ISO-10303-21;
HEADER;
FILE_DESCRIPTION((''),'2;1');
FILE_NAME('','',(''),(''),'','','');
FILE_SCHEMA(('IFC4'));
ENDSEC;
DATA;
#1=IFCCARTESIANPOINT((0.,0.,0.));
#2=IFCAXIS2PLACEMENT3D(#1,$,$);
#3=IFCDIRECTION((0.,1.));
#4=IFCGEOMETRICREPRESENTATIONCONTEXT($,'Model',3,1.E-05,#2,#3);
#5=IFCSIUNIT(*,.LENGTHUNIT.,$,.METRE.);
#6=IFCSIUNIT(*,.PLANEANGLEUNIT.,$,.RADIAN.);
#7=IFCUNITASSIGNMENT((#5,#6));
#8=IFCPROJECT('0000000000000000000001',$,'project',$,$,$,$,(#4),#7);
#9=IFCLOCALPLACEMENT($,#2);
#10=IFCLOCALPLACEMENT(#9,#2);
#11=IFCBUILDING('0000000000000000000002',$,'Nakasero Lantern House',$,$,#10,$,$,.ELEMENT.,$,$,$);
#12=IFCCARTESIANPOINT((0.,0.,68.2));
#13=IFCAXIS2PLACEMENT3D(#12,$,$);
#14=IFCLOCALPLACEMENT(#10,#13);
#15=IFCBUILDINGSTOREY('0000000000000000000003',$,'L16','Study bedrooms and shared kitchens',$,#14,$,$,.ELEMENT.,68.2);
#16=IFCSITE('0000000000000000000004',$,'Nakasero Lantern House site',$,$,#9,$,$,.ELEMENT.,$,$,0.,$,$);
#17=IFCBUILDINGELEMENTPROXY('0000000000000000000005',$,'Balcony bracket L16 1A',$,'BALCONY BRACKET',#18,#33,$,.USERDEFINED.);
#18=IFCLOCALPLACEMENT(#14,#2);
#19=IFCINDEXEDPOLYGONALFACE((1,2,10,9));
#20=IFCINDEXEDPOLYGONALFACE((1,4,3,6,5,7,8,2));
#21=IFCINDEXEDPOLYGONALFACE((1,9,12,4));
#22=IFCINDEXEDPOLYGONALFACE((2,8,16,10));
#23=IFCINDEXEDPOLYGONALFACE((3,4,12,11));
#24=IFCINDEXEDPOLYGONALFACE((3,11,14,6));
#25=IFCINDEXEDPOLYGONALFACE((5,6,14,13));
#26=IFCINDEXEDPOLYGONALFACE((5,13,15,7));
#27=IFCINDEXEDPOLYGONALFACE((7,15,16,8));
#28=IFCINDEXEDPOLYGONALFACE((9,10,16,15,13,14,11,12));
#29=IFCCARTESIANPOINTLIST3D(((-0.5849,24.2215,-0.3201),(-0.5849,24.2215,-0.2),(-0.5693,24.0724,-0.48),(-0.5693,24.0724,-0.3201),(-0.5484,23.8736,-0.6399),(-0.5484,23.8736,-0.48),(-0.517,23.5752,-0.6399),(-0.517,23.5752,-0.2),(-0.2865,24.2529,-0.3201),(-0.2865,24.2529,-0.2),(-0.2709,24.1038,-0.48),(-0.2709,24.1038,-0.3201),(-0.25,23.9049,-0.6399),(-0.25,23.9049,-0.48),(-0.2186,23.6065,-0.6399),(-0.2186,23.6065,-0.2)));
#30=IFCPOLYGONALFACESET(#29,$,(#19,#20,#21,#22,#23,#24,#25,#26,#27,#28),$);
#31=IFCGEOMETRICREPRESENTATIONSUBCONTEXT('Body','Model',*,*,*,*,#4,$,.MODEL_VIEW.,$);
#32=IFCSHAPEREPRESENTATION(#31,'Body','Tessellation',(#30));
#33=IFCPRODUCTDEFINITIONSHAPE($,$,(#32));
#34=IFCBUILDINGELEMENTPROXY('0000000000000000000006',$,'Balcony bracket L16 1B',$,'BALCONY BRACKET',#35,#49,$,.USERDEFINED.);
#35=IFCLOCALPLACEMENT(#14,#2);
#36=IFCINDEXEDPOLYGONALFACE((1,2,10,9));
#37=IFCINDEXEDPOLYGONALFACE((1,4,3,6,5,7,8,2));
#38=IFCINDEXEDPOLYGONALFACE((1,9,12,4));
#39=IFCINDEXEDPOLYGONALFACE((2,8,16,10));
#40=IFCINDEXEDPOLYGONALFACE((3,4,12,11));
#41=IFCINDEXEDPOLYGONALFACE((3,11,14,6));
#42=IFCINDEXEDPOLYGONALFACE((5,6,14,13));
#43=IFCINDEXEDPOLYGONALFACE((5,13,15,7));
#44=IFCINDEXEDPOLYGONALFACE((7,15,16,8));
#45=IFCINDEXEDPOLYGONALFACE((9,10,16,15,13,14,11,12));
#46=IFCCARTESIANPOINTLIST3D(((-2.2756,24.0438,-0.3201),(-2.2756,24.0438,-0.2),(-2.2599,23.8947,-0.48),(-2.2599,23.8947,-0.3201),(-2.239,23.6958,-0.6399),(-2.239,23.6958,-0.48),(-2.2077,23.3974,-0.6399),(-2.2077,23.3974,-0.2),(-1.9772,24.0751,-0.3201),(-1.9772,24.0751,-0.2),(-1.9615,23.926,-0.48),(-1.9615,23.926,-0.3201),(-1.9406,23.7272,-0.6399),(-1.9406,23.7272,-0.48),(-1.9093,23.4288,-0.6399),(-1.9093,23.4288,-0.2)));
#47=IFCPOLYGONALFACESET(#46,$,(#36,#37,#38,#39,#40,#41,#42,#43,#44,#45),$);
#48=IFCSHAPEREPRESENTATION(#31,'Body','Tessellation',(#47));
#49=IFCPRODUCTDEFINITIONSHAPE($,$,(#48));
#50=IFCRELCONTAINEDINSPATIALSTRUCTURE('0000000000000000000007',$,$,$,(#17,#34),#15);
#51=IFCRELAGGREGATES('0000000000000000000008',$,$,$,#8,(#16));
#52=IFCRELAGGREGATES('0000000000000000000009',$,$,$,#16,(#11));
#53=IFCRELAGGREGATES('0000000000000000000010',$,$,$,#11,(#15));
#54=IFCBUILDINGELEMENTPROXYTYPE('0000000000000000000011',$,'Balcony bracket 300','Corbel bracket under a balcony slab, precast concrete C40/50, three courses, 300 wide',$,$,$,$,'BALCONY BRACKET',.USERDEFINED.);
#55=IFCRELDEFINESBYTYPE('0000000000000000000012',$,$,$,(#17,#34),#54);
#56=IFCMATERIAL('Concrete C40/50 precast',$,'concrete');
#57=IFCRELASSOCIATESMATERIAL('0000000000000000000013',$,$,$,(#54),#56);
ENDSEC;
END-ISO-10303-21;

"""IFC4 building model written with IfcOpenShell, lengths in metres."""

from ifc_helpers import new_model, si_unit, direction, frame, origin, place, context, subcontext, project, spatial, polyline, outline, extrude, material, type_object, element, save


model = new_model("IFC4")

# Units and contexts
model_context = context("Model", 3, precision=1e-05, world=origin(), true_north=direction((0.0, 1.0)))
body_context = subcontext(model_context, "Body", "Model", "MODEL_VIEW")
ifc_project = project(units=[si_unit("LENGTHUNIT", "METRE"), si_unit("PLANEANGLEUNIT", "RADIAN")], contexts=[model_context])

# Site, building, storey
site_placement = place(None, origin())
site = spatial("IfcSite", under=ifc_project, at=site_placement, Name="Nakasero Lantern House site", CompositionType="ELEMENT", RefElevation=0.0)
building_placement = place(site_placement, origin())
building = spatial("IfcBuilding", under=site, at=building_placement, Name="Nakasero Lantern House", CompositionType="ELEMENT")
storey_placement = place(building_placement, frame((0.0, 0.0, 68.2)))
storey = spatial("IfcBuildingStorey", under=building, at=storey_placement, Name="L16", Description="Study bedrooms and shared kitchens", CompositionType="ELEMENT", Elevation=68.2)

# Building element proxies
ifc_material_1 = material(Name="Concrete C40/50 precast", Category="concrete")
building_element_proxy_type = type_object("IfcBuildingElementProxyType", Name="Balcony bracket 300", Description="Corbel bracket under a balcony slab, precast concrete C40/50, three courses, 300 wide", ElementType="BALCONY BRACKET", PredefinedType="USERDEFINED", material=ifc_material_1)
for number, where, z_axis, x_axis, name in (
    (1, (-0.3679, 23.5908, -0.2), (0.0, 0.0, 1.0), (-0.104528, 0.994522, 0.0), "Balcony bracket L16 1A"),
    (2, (-2.0586, 23.4131, -0.2), (0.0, 0.0, 1.0), (-0.104528, 0.994522, 0.0), "Balcony bracket L16 1B"),
):
    element("IfcBuildingElementProxy", number, at=place(storey_placement, frame(where, z_axis=z_axis, x_axis=x_axis)), inside=storey, type_object=building_element_proxy_type, Name=name, ObjectType="BALCONY BRACKET", PredefinedType="USERDEFINED", context=body_context, shape_type="SweptSolid", body=[
        extrude(outline(polyline([(0.0, 0.0), (0.6499, 0.0), (0.6499, -0.1201), (0.5, -0.1201), (0.5, -0.28), (0.3, -0.28), (0.3, -0.4399), (0.0, -0.4399), (0.0, 0.0)])), frame((0.0, 0.1499, 0.0), z_axis=(0.0, -1.0, 0.0), x_axis=(1.0, 0.0, 0.0)), (0.0, 0.0, 1.0), 0.3),
    ])

save(model, "model.ifc")
